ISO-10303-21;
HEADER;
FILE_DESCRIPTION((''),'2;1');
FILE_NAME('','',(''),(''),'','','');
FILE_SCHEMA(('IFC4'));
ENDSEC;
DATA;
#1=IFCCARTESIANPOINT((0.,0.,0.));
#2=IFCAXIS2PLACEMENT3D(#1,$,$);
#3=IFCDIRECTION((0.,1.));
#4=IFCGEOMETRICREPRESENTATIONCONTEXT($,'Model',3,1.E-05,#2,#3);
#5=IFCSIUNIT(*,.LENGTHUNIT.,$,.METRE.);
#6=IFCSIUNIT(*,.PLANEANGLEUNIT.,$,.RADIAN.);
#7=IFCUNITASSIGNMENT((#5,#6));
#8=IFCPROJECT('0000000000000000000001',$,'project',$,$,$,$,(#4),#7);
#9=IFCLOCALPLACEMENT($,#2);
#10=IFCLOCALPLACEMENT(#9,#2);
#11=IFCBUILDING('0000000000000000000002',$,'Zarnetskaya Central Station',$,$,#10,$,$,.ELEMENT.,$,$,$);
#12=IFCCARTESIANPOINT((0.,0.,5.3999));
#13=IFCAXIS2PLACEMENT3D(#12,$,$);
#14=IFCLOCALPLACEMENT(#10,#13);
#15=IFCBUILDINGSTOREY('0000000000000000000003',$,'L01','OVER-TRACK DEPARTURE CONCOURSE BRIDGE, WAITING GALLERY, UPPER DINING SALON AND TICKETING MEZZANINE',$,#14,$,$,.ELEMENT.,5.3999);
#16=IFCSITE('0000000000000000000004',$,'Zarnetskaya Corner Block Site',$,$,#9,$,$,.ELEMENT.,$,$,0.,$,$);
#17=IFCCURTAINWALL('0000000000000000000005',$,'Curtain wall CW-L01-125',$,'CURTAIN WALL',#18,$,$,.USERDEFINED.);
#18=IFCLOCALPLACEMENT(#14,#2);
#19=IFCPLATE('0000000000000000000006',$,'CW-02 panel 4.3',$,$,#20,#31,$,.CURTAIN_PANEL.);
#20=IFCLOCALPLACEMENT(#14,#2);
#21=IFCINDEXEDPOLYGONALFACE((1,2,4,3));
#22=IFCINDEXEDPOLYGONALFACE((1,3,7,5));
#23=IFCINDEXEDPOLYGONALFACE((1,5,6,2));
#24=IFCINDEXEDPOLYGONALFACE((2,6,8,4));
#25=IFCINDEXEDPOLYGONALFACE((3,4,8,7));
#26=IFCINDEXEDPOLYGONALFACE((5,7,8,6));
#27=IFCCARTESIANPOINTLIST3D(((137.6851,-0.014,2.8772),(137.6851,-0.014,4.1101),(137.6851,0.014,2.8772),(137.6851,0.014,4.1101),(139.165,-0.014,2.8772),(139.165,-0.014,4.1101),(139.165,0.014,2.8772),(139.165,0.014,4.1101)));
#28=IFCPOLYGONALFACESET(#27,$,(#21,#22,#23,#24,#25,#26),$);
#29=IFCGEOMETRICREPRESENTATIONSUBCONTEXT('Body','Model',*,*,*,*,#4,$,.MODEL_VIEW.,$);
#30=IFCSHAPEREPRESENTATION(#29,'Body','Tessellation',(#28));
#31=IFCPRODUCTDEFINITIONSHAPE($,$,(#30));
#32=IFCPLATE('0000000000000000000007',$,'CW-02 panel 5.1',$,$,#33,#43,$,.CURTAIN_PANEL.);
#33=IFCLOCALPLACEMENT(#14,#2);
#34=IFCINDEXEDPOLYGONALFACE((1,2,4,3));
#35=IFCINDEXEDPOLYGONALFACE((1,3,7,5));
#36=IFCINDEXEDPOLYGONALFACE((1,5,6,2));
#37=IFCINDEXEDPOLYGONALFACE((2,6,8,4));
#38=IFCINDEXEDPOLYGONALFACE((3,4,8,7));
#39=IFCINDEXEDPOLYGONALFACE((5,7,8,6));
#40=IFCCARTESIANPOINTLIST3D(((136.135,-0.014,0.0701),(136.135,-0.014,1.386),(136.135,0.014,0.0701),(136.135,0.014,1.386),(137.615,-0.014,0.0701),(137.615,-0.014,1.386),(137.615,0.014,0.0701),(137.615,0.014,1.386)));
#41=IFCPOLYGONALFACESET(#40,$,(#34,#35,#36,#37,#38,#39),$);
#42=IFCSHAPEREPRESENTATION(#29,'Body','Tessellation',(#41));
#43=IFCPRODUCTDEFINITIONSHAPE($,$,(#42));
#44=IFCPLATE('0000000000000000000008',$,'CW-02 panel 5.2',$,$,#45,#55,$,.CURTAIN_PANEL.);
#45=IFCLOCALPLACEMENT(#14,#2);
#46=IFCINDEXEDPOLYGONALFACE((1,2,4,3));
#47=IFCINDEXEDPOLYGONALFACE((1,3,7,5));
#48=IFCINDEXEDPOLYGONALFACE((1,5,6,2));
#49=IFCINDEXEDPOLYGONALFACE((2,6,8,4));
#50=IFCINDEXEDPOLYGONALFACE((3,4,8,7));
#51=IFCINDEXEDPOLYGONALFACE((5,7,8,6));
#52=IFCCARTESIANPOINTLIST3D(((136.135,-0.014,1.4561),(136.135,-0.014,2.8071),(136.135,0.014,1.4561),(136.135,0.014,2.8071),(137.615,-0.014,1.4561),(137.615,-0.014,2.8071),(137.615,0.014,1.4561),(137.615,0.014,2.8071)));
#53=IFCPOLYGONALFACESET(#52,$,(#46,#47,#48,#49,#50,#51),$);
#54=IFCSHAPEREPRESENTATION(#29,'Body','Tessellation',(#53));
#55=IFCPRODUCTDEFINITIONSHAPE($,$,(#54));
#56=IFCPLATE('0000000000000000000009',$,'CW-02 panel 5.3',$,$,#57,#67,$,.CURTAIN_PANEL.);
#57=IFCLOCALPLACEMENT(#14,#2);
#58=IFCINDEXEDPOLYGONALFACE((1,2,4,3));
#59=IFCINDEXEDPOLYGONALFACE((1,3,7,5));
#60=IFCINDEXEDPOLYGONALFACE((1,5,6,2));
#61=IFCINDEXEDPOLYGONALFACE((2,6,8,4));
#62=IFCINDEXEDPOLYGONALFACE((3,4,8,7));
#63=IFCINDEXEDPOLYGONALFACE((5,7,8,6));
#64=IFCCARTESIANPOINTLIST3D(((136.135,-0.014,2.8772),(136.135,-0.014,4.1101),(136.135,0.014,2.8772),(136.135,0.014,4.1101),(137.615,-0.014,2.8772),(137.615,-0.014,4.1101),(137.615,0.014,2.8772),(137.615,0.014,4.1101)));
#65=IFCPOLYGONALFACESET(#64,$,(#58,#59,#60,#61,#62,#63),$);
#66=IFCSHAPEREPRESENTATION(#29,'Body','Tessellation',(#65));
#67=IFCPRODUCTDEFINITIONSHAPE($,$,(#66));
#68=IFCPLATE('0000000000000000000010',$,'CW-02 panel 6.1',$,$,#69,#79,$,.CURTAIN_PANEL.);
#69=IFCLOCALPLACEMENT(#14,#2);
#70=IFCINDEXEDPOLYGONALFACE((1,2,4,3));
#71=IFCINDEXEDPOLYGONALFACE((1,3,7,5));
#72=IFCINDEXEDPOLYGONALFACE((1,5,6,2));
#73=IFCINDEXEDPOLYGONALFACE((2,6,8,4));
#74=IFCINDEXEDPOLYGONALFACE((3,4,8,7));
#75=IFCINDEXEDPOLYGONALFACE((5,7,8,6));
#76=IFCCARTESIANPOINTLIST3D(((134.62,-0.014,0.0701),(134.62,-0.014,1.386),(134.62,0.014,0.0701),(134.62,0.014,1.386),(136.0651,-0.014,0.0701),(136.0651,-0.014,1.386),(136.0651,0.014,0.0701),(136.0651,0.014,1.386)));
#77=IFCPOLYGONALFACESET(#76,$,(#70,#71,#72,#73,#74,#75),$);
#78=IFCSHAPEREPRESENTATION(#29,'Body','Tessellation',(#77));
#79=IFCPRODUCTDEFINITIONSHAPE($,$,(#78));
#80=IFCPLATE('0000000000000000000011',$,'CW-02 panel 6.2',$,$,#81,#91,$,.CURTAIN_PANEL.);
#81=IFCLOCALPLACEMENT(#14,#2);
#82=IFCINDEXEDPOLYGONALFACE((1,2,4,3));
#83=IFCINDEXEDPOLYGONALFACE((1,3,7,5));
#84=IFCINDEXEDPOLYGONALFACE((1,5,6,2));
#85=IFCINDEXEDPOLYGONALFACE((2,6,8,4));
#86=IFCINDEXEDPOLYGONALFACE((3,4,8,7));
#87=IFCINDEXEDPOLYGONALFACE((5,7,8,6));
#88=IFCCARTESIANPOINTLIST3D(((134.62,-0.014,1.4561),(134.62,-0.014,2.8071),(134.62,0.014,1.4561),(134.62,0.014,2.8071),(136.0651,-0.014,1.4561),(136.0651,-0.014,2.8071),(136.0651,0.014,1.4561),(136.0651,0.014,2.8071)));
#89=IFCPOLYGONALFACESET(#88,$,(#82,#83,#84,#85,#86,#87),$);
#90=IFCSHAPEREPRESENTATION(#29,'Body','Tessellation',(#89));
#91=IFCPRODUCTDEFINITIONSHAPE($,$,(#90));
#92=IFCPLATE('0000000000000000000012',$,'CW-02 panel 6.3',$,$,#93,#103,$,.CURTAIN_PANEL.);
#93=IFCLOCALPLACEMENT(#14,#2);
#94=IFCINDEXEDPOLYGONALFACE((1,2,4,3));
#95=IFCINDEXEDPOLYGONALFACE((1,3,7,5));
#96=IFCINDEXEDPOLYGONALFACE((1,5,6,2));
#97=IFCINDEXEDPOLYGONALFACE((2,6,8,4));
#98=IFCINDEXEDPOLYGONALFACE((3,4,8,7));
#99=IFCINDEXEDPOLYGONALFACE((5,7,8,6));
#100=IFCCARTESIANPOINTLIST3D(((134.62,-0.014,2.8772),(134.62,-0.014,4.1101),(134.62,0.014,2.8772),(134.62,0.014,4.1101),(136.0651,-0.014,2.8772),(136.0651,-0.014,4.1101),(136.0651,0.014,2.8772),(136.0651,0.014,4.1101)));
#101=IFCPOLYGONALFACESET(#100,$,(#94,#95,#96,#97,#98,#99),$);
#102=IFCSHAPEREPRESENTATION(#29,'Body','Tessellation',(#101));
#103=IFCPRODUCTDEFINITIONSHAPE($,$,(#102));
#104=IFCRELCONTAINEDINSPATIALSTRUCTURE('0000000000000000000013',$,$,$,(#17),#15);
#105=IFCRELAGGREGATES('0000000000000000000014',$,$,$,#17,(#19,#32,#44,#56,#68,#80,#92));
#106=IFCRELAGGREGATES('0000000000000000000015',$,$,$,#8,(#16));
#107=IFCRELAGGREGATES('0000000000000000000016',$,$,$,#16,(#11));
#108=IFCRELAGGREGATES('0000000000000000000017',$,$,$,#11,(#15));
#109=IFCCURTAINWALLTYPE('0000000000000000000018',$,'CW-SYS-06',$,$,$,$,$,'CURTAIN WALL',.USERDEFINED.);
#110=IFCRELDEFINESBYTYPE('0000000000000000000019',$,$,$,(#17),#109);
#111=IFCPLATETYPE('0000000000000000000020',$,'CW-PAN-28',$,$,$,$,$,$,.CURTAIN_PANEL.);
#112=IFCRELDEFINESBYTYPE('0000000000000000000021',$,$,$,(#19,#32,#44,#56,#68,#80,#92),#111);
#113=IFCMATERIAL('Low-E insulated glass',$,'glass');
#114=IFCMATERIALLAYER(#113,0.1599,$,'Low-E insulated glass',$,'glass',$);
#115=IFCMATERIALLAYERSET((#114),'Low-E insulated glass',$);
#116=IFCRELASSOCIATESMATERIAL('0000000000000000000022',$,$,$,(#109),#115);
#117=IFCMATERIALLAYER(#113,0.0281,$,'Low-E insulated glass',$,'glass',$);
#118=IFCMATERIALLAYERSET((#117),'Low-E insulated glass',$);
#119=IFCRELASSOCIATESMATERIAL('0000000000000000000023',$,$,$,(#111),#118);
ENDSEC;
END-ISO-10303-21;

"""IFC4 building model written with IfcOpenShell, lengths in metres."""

from ifc_helpers import new_model, si_unit, direction, frame, origin, origin_2d, place, context, subcontext, project, spatial, rectangle, extrude, material, layer, layer_set, type_object, element, aggregate, save


model = new_model("IFC4")

# Units and contexts
model_context = context("Model", 3, precision=1e-05, world=origin(), true_north=direction((0.0, 1.0)))
body_context = subcontext(model_context, "Body", "Model", "MODEL_VIEW")
ifc_project = project(units=[si_unit("LENGTHUNIT", "METRE"), si_unit("PLANEANGLEUNIT", "RADIAN")], contexts=[model_context])

# Site, building, storey
site_placement = place(None, origin())
site = spatial("IfcSite", under=ifc_project, at=site_placement, Name="Zarnetskaya Corner Block Site", CompositionType="ELEMENT", RefElevation=0.0)
building_placement = place(site_placement, origin())
building = spatial("IfcBuilding", under=site, at=building_placement, Name="Zarnetskaya Central Station", CompositionType="ELEMENT")
storey_placement = place(building_placement, frame((0.0, 0.0, 5.3999)))
storey = spatial("IfcBuildingStorey", under=building, at=storey_placement, Name="L01", Description="OVER-TRACK DEPARTURE CONCOURSE BRIDGE, WAITING GALLERY, UPPER DINING SALON AND TICKETING MEZZANINE", CompositionType="ELEMENT", Elevation=5.3999)

# Curtain wall, plates
ifc_material_1 = material(Name="Low-E insulated glass", Category="glass")
ifc_layer_1 = layer(ifc_material_1, 0.1599, Name="Low-E insulated glass", Category="glass")
ifc_layer_set_1 = layer_set([ifc_layer_1], Name="Low-E insulated glass")
curtain_wall_type = type_object("IfcCurtainWallType", Name="CW-SYS-06", ElementType="CURTAIN WALL", PredefinedType="USERDEFINED", material=ifc_layer_set_1)
curtain_wall_placement = place(storey_placement, origin())
curtain_wall = element("IfcCurtainWall", 1, at=curtain_wall_placement, inside=storey, type_object=curtain_wall_type, Name="Curtain wall CW-L01-125", ObjectType="CURTAIN WALL", PredefinedType="USERDEFINED")
ifc_layer_2 = layer(ifc_material_1, 0.0281, Name="Low-E insulated glass", Category="glass")
ifc_layer_set_2 = layer_set([ifc_layer_2], Name="Low-E insulated glass")
plate_type = type_object("IfcPlateType", Name="CW-PAN-28", PredefinedType="CURTAIN_PANEL", material=ifc_layer_set_2)
plate_1_placement = place(storey_placement, frame((138.425, 0.0, 2.8772), z_axis=(0.0, 0.0, 1.0), x_axis=(-1.0, 0.0, 0.0)))
plate_1 = element("IfcPlate", 2, at=plate_1_placement, type_object=plate_type, Name="CW-02 panel 4.3", PredefinedType="CURTAIN_PANEL", context=body_context, shape_type="SweptSolid", body=[
    extrude(rectangle(XDim=1.48, YDim=0.0281, at=origin_2d()), origin(), (0.0, 0.0, 1.0), 1.2329),
])
plate_2_placement = place(storey_placement, frame((136.875, 0.0, 0.0701), z_axis=(0.0, 0.0, 1.0), x_axis=(-1.0, 0.0, 0.0)))
plate_2 = element("IfcPlate", 3, at=plate_2_placement, type_object=plate_type, Name="CW-02 panel 5.1", PredefinedType="CURTAIN_PANEL", context=body_context, shape_type="SweptSolid", body=[
    extrude(rectangle(XDim=1.48, YDim=0.0281, at=origin_2d()), origin(), (0.0, 0.0, 1.0), 1.3159),
])
plate_3_placement = place(storey_placement, frame((136.875, 0.0, 1.4561), z_axis=(0.0, 0.0, 1.0), x_axis=(-1.0, 0.0, 0.0)))
plate_3 = element("IfcPlate", 4, at=plate_3_placement, type_object=plate_type, Name="CW-02 panel 5.2", PredefinedType="CURTAIN_PANEL", context=body_context, shape_type="SweptSolid", body=[
    extrude(rectangle(XDim=1.48, YDim=0.0281, at=origin_2d()), origin(), (0.0, 0.0, 1.0), 1.3511),
])
plate_4_placement = place(storey_placement, frame((136.875, 0.0, 2.8772), z_axis=(0.0, 0.0, 1.0), x_axis=(-1.0, 0.0, 0.0)))
plate_4 = element("IfcPlate", 5, at=plate_4_placement, type_object=plate_type, Name="CW-02 panel 5.3", PredefinedType="CURTAIN_PANEL", context=body_context, shape_type="SweptSolid", body=[
    extrude(rectangle(XDim=1.48, YDim=0.0281, at=origin_2d()), origin(), (0.0, 0.0, 1.0), 1.2329),
])
plate_5_placement = place(storey_placement, frame((135.3425, 0.0, 0.0701), z_axis=(0.0, 0.0, 1.0), x_axis=(-1.0, 0.0, 0.0)))
plate_5 = element("IfcPlate", 6, at=plate_5_placement, type_object=plate_type, Name="CW-02 panel 6.1", PredefinedType="CURTAIN_PANEL", context=body_context, shape_type="SweptSolid", body=[
    extrude(rectangle(XDim=1.4451, YDim=0.0281, at=origin_2d()), origin(), (0.0, 0.0, 1.0), 1.3159),
])
plate_6_placement = place(storey_placement, frame((135.3425, 0.0, 1.4561), z_axis=(0.0, 0.0, 1.0), x_axis=(-1.0, 0.0, 0.0)))
plate_6 = element("IfcPlate", 7, at=plate_6_placement, type_object=plate_type, Name="CW-02 panel 6.2", PredefinedType="CURTAIN_PANEL", context=body_context, shape_type="SweptSolid", body=[
    extrude(rectangle(XDim=1.4451, YDim=0.0281, at=origin_2d()), origin(), (0.0, 0.0, 1.0), 1.3511),
])
plate_7_placement = place(storey_placement, frame((135.3425, 0.0, 2.8772), z_axis=(0.0, 0.0, 1.0), x_axis=(-1.0, 0.0, 0.0)))
plate_7 = element("IfcPlate", 8, at=plate_7_placement, type_object=plate_type, Name="CW-02 panel 6.3", PredefinedType="CURTAIN_PANEL", context=body_context, shape_type="SweptSolid", body=[
    extrude(rectangle(XDim=1.4451, YDim=0.0281, at=origin_2d()), origin(), (0.0, 0.0, 1.0), 1.2329),
])
aggregate(curtain_wall, [plate_1, plate_2, plate_3, plate_4, plate_5, plate_6, plate_7])

save(model, "model.ifc")
